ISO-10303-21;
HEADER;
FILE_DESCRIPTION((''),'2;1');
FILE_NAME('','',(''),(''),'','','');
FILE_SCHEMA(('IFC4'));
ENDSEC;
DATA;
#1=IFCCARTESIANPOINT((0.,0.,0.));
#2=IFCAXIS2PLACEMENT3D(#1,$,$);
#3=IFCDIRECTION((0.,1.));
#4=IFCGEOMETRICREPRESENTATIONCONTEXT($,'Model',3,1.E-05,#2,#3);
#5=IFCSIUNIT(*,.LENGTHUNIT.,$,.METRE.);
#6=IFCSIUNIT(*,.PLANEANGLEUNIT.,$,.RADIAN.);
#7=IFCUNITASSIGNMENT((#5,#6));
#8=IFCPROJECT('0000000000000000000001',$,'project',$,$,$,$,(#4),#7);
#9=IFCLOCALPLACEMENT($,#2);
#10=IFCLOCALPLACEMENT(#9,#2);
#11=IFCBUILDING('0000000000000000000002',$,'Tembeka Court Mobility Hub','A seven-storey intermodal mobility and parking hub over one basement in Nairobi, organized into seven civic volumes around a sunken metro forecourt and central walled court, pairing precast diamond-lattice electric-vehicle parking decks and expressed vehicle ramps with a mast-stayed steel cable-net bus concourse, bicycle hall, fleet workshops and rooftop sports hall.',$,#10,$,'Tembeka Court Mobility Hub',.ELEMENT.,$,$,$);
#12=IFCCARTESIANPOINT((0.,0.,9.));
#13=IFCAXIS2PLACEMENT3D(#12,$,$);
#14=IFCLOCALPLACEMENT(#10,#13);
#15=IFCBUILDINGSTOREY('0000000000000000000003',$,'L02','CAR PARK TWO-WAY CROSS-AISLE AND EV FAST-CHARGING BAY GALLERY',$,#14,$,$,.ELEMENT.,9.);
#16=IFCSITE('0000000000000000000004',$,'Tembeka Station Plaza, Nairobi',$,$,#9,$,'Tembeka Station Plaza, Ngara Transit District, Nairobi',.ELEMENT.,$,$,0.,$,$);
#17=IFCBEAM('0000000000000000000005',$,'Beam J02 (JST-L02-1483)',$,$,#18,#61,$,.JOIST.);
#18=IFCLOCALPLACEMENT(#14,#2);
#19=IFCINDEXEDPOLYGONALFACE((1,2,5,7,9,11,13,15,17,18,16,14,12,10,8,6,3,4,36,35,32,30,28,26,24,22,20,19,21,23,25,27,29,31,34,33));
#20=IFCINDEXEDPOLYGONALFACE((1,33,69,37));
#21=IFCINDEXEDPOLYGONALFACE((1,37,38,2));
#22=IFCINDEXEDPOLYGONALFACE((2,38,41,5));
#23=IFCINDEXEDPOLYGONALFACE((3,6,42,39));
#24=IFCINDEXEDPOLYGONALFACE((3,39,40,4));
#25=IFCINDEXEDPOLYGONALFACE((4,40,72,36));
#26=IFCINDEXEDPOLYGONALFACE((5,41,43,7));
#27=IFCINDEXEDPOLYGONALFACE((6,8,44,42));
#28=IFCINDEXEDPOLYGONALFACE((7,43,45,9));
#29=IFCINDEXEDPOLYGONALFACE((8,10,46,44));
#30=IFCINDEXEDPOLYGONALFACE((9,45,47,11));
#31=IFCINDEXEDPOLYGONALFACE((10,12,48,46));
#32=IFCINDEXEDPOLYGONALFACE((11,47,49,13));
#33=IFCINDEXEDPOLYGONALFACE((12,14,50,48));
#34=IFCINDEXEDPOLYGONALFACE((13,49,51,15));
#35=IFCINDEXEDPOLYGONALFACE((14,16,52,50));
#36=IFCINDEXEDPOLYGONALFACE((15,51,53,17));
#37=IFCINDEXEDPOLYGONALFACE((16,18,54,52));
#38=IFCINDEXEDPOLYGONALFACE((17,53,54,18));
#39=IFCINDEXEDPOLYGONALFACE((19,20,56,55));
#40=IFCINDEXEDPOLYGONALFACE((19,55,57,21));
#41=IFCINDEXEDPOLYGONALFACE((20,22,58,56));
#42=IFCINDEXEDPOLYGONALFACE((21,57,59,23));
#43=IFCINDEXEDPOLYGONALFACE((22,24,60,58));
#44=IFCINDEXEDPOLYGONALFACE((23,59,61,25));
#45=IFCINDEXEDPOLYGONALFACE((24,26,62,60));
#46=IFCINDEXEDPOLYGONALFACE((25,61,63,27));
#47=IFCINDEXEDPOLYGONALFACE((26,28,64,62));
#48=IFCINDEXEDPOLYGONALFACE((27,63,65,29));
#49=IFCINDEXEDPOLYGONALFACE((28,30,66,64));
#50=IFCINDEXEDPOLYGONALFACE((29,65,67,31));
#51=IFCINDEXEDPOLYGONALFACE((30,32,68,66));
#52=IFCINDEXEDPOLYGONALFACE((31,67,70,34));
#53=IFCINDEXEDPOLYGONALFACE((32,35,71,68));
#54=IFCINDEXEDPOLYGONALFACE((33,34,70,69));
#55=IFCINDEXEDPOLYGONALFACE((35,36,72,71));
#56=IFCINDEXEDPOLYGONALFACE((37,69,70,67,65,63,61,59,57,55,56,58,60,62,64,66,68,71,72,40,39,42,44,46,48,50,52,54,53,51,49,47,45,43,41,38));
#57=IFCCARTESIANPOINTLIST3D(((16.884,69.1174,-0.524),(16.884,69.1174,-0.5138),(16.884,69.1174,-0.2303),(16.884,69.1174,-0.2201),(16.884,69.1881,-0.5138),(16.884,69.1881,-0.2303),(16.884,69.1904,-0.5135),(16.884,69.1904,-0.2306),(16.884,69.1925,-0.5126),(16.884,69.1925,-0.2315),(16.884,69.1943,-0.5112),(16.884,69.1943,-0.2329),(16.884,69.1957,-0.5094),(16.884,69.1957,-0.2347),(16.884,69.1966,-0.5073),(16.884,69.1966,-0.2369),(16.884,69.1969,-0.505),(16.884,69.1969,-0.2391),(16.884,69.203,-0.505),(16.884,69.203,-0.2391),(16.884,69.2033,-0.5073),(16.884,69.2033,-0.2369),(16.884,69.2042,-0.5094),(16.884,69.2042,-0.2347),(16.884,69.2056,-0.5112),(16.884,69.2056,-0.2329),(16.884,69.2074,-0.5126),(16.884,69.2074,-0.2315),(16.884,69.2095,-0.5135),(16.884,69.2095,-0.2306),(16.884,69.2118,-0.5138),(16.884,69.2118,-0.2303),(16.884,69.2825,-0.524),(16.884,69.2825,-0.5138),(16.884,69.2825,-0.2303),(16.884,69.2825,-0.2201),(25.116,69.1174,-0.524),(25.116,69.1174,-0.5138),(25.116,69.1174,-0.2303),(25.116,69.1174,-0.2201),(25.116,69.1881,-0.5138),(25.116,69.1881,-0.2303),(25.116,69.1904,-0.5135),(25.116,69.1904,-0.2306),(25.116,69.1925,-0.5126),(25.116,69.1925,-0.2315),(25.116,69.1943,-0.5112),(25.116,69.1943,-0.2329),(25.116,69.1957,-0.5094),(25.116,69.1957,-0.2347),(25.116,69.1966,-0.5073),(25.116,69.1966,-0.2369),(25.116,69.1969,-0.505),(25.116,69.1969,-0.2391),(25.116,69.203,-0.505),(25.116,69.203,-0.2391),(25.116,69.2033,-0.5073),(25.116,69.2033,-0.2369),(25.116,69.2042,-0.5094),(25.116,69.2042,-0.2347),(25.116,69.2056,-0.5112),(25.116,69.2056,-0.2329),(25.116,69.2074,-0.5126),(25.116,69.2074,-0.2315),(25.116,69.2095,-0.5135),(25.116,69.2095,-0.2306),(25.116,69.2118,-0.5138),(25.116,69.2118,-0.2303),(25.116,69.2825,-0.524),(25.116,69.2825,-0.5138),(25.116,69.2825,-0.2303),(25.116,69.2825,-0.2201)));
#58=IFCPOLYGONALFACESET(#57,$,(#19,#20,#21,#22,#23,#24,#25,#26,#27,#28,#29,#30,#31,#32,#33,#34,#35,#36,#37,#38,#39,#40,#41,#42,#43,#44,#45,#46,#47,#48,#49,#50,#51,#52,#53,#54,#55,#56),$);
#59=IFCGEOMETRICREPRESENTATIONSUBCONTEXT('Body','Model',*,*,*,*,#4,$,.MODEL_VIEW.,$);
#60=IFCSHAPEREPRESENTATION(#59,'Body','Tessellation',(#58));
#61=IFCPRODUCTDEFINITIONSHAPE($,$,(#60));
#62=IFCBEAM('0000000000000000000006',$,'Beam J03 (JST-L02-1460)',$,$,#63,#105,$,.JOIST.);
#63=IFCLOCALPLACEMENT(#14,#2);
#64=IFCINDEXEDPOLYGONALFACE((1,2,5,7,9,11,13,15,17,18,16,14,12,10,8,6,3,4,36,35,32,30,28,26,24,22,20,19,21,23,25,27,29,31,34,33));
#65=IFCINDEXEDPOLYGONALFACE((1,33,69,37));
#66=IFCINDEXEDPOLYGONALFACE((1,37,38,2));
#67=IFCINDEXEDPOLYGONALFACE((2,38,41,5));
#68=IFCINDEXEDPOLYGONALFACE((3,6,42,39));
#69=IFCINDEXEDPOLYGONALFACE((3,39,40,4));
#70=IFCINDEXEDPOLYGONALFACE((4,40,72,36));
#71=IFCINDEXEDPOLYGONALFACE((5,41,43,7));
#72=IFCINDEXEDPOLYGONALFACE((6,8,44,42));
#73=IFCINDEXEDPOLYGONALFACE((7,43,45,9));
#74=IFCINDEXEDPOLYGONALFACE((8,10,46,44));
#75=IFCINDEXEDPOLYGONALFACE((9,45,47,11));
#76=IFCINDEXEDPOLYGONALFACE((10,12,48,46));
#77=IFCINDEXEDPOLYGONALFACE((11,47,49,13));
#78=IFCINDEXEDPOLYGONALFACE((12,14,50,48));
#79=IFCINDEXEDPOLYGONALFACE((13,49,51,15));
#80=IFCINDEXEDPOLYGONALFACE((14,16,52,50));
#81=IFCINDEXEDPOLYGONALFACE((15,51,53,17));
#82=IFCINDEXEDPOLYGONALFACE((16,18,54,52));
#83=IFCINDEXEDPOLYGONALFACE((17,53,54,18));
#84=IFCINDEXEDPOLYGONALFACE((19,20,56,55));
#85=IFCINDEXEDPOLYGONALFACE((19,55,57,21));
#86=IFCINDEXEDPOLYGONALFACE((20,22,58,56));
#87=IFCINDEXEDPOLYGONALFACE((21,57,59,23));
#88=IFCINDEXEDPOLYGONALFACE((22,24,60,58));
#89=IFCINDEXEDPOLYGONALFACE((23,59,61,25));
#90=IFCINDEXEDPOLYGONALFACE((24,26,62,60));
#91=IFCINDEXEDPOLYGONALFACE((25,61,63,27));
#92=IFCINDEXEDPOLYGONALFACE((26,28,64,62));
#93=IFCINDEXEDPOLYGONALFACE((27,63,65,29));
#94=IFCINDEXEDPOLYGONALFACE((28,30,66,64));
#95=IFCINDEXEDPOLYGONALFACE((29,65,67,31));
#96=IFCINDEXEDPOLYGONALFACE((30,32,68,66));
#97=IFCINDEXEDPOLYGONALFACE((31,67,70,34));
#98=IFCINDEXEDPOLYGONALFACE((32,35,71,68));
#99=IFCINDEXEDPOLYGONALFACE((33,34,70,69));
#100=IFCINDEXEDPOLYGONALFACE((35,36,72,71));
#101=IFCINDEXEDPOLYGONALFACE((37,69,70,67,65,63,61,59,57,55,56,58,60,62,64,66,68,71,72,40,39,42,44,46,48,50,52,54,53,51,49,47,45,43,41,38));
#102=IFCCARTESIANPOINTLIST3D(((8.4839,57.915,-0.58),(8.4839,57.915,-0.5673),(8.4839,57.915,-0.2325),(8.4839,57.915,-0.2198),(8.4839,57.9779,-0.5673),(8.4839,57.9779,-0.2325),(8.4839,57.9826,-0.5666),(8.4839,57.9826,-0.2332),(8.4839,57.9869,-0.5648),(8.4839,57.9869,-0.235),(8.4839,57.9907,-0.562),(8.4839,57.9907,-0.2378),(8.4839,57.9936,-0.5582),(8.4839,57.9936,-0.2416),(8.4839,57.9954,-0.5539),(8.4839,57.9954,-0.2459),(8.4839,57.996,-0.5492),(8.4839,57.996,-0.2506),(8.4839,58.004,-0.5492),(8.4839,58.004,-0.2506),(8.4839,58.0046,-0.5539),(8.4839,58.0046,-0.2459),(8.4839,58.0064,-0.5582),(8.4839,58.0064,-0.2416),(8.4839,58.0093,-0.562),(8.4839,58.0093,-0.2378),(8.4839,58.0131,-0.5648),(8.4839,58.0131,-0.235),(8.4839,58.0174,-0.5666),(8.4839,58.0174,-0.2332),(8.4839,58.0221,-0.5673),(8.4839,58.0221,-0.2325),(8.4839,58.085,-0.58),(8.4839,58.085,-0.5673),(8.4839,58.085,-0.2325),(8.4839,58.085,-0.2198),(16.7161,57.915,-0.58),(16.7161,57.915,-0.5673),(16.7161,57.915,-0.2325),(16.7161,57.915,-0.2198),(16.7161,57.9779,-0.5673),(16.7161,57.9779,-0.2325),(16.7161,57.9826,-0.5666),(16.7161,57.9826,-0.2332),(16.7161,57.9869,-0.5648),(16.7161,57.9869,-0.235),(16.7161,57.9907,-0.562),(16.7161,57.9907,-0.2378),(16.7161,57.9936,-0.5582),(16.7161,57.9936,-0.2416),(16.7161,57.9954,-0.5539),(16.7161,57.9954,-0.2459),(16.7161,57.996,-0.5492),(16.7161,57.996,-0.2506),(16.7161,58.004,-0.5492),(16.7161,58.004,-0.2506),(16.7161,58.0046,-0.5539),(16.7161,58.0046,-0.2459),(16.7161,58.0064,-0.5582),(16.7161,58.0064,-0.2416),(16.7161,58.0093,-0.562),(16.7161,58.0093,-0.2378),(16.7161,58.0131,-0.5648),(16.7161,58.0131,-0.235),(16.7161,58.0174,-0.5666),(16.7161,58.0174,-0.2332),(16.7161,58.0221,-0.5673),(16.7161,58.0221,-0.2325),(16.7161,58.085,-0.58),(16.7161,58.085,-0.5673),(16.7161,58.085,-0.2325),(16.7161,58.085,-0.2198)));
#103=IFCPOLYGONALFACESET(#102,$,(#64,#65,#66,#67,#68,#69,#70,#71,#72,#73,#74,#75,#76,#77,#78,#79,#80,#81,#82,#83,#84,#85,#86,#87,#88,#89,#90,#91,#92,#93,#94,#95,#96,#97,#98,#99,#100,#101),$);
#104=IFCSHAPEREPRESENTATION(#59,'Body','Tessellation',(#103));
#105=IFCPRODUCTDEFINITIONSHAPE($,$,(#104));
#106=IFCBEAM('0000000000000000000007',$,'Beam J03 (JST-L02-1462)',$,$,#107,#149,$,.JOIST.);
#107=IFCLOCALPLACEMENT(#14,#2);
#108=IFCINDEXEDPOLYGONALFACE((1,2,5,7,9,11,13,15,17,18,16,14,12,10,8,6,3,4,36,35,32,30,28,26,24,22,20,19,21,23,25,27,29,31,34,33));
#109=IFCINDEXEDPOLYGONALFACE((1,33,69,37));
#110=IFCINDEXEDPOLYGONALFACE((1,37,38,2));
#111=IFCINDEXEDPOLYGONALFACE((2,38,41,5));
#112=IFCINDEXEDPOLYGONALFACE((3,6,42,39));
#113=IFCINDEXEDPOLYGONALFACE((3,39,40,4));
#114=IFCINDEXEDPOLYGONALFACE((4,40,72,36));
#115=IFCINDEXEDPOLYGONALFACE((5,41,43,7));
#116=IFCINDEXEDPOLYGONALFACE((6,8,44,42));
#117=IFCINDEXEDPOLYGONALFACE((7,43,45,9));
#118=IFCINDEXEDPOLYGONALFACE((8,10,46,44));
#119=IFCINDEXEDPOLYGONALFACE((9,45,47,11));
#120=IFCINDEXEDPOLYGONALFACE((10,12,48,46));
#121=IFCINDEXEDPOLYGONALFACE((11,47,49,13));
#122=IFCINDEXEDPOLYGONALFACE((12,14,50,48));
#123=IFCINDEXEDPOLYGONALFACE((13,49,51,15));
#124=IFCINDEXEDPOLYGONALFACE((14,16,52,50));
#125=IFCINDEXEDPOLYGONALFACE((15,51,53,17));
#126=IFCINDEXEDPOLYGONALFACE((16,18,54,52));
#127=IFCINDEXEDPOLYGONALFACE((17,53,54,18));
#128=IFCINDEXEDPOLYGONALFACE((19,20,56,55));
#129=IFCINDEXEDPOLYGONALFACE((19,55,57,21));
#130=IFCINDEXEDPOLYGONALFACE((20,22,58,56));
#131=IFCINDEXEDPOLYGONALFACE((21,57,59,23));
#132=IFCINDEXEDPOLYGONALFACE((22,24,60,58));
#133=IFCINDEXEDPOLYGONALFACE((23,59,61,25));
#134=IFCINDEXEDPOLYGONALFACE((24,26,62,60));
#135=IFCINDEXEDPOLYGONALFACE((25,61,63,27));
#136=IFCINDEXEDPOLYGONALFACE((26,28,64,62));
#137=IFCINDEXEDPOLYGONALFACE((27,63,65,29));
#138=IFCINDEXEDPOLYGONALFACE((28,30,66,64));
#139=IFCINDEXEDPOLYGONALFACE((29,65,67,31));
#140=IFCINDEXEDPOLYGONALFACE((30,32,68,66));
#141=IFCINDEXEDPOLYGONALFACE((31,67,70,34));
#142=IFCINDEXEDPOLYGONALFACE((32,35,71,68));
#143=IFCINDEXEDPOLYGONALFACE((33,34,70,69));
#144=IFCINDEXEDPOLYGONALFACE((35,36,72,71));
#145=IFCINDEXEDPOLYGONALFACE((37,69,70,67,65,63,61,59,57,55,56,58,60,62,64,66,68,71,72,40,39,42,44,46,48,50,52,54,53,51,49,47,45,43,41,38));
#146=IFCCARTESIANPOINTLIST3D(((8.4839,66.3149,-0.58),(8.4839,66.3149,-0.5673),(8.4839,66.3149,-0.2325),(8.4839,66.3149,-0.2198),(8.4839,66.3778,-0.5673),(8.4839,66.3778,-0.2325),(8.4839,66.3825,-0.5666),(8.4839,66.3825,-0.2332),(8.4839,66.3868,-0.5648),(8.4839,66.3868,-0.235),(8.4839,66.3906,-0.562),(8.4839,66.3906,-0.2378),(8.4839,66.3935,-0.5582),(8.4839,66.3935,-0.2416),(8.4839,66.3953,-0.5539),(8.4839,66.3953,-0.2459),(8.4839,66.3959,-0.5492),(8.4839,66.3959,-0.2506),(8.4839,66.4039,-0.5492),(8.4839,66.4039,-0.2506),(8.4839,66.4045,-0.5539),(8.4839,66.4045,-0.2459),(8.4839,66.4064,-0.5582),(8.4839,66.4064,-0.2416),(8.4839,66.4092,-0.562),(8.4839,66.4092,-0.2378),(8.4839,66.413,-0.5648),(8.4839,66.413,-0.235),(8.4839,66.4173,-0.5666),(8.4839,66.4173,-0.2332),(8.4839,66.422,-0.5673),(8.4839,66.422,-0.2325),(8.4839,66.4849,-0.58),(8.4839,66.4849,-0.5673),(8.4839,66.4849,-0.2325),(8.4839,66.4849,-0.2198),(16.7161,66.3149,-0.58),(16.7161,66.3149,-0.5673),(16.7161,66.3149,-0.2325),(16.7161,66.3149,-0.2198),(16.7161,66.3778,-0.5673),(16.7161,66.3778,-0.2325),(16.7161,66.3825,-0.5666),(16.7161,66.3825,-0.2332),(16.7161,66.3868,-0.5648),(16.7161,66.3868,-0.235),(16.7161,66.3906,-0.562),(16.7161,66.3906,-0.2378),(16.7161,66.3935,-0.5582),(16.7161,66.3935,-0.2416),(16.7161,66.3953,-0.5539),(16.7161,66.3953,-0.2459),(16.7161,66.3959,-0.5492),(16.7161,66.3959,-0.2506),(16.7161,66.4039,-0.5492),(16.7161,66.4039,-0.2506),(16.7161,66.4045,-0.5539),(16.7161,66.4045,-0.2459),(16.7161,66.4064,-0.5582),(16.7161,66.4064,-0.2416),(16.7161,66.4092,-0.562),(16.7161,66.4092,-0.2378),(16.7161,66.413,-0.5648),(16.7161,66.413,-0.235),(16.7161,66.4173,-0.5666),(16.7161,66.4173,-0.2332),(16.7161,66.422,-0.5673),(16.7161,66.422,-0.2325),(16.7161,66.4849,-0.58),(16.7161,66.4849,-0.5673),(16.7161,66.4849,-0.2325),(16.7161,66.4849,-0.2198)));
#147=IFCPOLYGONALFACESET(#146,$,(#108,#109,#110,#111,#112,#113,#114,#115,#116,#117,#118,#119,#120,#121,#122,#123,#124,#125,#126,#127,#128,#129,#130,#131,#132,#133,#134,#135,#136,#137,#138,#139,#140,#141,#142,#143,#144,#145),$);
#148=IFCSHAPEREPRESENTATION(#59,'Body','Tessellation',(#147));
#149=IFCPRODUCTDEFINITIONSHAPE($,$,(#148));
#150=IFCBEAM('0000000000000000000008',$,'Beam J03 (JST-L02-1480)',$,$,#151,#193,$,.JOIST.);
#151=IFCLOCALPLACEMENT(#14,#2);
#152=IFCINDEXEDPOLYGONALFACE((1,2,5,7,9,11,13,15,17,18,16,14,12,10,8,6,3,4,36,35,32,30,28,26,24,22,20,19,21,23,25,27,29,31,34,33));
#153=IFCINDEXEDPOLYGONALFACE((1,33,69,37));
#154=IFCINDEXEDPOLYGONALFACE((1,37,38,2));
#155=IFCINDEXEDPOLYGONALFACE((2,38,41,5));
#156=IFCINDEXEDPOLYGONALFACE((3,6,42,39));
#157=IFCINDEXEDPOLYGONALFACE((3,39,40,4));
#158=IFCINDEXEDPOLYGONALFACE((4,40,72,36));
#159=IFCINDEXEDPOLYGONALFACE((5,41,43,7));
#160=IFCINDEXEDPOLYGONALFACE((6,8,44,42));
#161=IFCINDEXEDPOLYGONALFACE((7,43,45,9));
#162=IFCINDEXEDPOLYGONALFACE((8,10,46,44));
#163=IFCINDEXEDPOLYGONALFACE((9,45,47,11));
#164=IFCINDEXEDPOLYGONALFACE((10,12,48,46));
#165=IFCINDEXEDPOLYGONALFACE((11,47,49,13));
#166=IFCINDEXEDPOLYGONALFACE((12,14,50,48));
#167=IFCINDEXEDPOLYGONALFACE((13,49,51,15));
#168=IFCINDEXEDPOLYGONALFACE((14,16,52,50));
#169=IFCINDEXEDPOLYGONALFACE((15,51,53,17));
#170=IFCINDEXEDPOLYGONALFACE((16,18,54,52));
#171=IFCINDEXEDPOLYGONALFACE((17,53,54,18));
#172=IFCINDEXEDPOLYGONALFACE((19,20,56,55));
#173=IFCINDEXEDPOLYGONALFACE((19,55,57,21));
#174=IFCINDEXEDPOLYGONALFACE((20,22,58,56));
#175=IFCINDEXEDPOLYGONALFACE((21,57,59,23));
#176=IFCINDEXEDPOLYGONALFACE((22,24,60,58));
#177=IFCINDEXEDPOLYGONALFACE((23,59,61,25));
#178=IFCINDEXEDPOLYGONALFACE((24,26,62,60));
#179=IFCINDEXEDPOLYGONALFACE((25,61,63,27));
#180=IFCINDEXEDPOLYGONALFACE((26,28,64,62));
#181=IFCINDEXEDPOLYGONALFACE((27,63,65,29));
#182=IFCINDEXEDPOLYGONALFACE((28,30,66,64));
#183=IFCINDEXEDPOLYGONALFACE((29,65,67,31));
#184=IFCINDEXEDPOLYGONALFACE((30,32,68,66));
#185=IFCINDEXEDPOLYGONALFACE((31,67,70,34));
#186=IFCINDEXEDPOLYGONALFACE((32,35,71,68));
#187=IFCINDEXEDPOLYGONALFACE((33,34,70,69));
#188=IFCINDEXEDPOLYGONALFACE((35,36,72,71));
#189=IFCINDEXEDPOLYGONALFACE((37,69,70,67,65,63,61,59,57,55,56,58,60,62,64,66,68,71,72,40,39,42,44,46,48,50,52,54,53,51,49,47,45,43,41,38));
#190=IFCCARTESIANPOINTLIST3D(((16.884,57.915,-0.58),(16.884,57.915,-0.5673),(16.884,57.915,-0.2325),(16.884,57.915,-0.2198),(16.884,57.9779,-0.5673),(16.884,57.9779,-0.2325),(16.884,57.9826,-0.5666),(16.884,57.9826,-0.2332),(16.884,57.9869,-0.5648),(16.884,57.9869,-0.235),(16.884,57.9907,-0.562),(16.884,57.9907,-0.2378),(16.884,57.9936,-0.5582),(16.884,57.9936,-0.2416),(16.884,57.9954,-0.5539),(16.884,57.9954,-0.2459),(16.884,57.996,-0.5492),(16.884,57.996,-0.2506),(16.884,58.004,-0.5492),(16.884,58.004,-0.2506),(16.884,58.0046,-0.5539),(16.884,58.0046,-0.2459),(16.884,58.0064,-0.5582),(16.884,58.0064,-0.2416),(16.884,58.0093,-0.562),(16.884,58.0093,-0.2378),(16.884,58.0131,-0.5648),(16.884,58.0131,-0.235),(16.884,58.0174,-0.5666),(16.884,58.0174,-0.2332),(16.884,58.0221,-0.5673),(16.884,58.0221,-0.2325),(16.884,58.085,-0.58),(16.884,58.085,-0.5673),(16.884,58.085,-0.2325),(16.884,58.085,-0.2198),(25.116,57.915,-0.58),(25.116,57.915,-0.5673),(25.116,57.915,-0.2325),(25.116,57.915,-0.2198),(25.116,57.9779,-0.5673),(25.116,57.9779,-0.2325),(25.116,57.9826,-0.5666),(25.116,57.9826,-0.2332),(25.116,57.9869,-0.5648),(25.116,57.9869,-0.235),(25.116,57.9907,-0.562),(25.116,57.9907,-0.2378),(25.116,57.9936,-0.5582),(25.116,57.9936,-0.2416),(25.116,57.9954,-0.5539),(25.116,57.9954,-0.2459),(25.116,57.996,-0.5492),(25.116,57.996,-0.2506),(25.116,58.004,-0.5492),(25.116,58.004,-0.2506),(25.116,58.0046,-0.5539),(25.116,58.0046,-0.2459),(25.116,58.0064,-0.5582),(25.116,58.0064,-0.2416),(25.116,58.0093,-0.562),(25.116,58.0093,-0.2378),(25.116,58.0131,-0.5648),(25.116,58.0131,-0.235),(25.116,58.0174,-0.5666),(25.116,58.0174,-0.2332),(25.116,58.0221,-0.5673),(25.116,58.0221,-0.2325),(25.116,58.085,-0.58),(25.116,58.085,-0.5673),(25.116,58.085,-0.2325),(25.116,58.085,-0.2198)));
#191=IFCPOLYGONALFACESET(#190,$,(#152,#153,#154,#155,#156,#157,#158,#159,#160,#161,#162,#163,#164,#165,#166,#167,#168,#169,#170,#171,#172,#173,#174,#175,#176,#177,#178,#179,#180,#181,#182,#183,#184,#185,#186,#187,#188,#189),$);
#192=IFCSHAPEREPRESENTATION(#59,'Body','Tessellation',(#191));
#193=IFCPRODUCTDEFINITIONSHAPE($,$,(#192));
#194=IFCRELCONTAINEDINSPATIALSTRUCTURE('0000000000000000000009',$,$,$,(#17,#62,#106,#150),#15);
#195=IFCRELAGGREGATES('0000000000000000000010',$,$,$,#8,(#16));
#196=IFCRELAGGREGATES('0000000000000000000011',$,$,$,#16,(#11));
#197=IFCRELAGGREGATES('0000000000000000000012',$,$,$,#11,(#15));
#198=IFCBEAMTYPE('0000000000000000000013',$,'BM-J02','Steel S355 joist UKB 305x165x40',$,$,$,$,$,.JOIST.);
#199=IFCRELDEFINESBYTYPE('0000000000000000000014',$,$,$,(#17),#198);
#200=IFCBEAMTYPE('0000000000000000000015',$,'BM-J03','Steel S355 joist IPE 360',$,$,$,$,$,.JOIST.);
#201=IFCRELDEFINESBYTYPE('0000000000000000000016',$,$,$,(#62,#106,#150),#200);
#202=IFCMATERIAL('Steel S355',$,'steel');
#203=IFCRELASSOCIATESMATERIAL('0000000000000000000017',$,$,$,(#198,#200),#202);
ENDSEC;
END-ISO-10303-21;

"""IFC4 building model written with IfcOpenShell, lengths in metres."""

from ifc_helpers import new_model, si_unit, direction, frame, origin, origin_2d, place, context, subcontext, project, spatial, i_section, extrude, material, material_profile, profile_set, type_object, element, save


model = new_model("IFC4")

# Units and contexts
model_context = context("Model", 3, precision=1e-05, world=origin(), true_north=direction((0.0, 1.0)))
body_context = subcontext(model_context, "Body", "Model", "MODEL_VIEW")
ifc_project = project(units=[si_unit("LENGTHUNIT", "METRE"), si_unit("PLANEANGLEUNIT", "RADIAN")], contexts=[model_context])

# Site, building, storey
site_placement = place(None, origin())
site = spatial("IfcSite", under=ifc_project, at=site_placement, Name="Tembeka Station Plaza, Nairobi", LongName="Tembeka Station Plaza, Ngara Transit District, Nairobi", CompositionType="ELEMENT", RefElevation=0.0)
building_placement = place(site_placement, origin())
building = spatial("IfcBuilding", under=site, at=building_placement, Name="Tembeka Court Mobility Hub", Description="A seven-storey intermodal mobility and parking hub over one basement in Nairobi, organized into seven civic volumes around a sunken metro forecourt and central walled court, pairing precast diamond-lattice electric-vehicle parking decks and expressed vehicle ramps with a mast-stayed steel cable-net bus concourse, bicycle hall, fleet workshops and rooftop sports hall.", LongName="Tembeka Court Mobility Hub", CompositionType="ELEMENT")
storey_placement = place(building_placement, frame((0.0, 0.0, 9.0)))
storey = spatial("IfcBuildingStorey", under=building, at=storey_placement, Name="L02", Description="CAR PARK TWO-WAY CROSS-AISLE AND EV FAST-CHARGING BAY GALLERY", CompositionType="ELEMENT", Elevation=9.0)

# Shared definitions
ifc_material_1 = material(Name="Steel S355", Category="steel")

# Beams
ifc_material_profile_1 = material_profile(ifc_material_1, i_section(OverallWidth=0.165, OverallDepth=0.304, WebThickness=0.0061, FlangeThickness=0.0103, FilletRadius=0.0088, at=origin_2d()), Name="UKB 305x165x40")
ifc_profile_set_1 = profile_set([ifc_material_profile_1], Name="Steel S355")
beam_type_1 = type_object("IfcBeamType", Name="BM-J02", Description="Steel S355 joist UKB 305x165x40", PredefinedType="JOIST", material=ifc_profile_set_1)
for number, where, z_axis, x_axis, name in (
    (1, (16.884, 69.2, -0.3721), (1.0, 0.0, 0.0), (0.0, 1.0, 0.0), "Beam J02 (JST-L02-1483)"),
):
    element("IfcBeam", number, at=place(storey_placement, frame(where, z_axis=z_axis, x_axis=x_axis)), inside=storey, type_object=beam_type_1, Name=name, PredefinedType="JOIST", context=body_context, shape_type="SweptSolid", body=[
        extrude(i_section(OverallWidth=0.165, OverallDepth=0.304, WebThickness=0.0061, FlangeThickness=0.0103, FilletRadius=0.0088, at=origin_2d()), origin(), (0.0, 0.0, 1.0), 8.2319),
    ])
ifc_material_profile_2 = material_profile(ifc_material_1, i_section(OverallWidth=0.1699, OverallDepth=0.3601, WebThickness=0.0081, FlangeThickness=0.0127, FilletRadius=0.0181, at=origin_2d()), Name="IPE 360")
ifc_profile_set_2 = profile_set([ifc_material_profile_2], Name="Steel S355")
beam_type_2 = type_object("IfcBeamType", Name="BM-J03", Description="Steel S355 joist IPE 360", PredefinedType="JOIST", material=ifc_profile_set_2)
for number, where, z_axis, x_axis, name in (
    (2, (8.4839, 58.0, -0.3999), (1.0, 0.0, 0.0), (0.0, 1.0, 0.0), "Beam J03 (JST-L02-1460)"),
    (3, (8.4839, 66.3999, -0.3999), (1.0, 0.0, 0.0), (0.0, 1.0, 0.0), "Beam J03 (JST-L02-1462)"),
):
    element("IfcBeam", number, at=place(storey_placement, frame(where, z_axis=z_axis, x_axis=x_axis)), inside=storey, type_object=beam_type_2, Name=name, PredefinedType="JOIST", context=body_context, shape_type="SweptSolid", body=[
        extrude(i_section(OverallWidth=0.1699, OverallDepth=0.3601, WebThickness=0.0081, FlangeThickness=0.0127, FilletRadius=0.0181, at=origin_2d()), origin(), (0.0, 0.0, 1.0), 8.2322),
    ])
for number, where, z_axis, x_axis, name in (
    (4, (16.884, 58.0, -0.3999), (1.0, 0.0, 0.0), (0.0, 1.0, 0.0), "Beam J03 (JST-L02-1480)"),
):
    element("IfcBeam", number, at=place(storey_placement, frame(where, z_axis=z_axis, x_axis=x_axis)), inside=storey, type_object=beam_type_2, Name=name, PredefinedType="JOIST", context=body_context, shape_type="SweptSolid", body=[
        extrude(i_section(OverallWidth=0.1699, OverallDepth=0.3601, WebThickness=0.0081, FlangeThickness=0.0127, FilletRadius=0.0181, at=origin_2d()), origin(), (0.0, 0.0, 1.0), 8.2319),
    ])

save(model, "model.ifc")
